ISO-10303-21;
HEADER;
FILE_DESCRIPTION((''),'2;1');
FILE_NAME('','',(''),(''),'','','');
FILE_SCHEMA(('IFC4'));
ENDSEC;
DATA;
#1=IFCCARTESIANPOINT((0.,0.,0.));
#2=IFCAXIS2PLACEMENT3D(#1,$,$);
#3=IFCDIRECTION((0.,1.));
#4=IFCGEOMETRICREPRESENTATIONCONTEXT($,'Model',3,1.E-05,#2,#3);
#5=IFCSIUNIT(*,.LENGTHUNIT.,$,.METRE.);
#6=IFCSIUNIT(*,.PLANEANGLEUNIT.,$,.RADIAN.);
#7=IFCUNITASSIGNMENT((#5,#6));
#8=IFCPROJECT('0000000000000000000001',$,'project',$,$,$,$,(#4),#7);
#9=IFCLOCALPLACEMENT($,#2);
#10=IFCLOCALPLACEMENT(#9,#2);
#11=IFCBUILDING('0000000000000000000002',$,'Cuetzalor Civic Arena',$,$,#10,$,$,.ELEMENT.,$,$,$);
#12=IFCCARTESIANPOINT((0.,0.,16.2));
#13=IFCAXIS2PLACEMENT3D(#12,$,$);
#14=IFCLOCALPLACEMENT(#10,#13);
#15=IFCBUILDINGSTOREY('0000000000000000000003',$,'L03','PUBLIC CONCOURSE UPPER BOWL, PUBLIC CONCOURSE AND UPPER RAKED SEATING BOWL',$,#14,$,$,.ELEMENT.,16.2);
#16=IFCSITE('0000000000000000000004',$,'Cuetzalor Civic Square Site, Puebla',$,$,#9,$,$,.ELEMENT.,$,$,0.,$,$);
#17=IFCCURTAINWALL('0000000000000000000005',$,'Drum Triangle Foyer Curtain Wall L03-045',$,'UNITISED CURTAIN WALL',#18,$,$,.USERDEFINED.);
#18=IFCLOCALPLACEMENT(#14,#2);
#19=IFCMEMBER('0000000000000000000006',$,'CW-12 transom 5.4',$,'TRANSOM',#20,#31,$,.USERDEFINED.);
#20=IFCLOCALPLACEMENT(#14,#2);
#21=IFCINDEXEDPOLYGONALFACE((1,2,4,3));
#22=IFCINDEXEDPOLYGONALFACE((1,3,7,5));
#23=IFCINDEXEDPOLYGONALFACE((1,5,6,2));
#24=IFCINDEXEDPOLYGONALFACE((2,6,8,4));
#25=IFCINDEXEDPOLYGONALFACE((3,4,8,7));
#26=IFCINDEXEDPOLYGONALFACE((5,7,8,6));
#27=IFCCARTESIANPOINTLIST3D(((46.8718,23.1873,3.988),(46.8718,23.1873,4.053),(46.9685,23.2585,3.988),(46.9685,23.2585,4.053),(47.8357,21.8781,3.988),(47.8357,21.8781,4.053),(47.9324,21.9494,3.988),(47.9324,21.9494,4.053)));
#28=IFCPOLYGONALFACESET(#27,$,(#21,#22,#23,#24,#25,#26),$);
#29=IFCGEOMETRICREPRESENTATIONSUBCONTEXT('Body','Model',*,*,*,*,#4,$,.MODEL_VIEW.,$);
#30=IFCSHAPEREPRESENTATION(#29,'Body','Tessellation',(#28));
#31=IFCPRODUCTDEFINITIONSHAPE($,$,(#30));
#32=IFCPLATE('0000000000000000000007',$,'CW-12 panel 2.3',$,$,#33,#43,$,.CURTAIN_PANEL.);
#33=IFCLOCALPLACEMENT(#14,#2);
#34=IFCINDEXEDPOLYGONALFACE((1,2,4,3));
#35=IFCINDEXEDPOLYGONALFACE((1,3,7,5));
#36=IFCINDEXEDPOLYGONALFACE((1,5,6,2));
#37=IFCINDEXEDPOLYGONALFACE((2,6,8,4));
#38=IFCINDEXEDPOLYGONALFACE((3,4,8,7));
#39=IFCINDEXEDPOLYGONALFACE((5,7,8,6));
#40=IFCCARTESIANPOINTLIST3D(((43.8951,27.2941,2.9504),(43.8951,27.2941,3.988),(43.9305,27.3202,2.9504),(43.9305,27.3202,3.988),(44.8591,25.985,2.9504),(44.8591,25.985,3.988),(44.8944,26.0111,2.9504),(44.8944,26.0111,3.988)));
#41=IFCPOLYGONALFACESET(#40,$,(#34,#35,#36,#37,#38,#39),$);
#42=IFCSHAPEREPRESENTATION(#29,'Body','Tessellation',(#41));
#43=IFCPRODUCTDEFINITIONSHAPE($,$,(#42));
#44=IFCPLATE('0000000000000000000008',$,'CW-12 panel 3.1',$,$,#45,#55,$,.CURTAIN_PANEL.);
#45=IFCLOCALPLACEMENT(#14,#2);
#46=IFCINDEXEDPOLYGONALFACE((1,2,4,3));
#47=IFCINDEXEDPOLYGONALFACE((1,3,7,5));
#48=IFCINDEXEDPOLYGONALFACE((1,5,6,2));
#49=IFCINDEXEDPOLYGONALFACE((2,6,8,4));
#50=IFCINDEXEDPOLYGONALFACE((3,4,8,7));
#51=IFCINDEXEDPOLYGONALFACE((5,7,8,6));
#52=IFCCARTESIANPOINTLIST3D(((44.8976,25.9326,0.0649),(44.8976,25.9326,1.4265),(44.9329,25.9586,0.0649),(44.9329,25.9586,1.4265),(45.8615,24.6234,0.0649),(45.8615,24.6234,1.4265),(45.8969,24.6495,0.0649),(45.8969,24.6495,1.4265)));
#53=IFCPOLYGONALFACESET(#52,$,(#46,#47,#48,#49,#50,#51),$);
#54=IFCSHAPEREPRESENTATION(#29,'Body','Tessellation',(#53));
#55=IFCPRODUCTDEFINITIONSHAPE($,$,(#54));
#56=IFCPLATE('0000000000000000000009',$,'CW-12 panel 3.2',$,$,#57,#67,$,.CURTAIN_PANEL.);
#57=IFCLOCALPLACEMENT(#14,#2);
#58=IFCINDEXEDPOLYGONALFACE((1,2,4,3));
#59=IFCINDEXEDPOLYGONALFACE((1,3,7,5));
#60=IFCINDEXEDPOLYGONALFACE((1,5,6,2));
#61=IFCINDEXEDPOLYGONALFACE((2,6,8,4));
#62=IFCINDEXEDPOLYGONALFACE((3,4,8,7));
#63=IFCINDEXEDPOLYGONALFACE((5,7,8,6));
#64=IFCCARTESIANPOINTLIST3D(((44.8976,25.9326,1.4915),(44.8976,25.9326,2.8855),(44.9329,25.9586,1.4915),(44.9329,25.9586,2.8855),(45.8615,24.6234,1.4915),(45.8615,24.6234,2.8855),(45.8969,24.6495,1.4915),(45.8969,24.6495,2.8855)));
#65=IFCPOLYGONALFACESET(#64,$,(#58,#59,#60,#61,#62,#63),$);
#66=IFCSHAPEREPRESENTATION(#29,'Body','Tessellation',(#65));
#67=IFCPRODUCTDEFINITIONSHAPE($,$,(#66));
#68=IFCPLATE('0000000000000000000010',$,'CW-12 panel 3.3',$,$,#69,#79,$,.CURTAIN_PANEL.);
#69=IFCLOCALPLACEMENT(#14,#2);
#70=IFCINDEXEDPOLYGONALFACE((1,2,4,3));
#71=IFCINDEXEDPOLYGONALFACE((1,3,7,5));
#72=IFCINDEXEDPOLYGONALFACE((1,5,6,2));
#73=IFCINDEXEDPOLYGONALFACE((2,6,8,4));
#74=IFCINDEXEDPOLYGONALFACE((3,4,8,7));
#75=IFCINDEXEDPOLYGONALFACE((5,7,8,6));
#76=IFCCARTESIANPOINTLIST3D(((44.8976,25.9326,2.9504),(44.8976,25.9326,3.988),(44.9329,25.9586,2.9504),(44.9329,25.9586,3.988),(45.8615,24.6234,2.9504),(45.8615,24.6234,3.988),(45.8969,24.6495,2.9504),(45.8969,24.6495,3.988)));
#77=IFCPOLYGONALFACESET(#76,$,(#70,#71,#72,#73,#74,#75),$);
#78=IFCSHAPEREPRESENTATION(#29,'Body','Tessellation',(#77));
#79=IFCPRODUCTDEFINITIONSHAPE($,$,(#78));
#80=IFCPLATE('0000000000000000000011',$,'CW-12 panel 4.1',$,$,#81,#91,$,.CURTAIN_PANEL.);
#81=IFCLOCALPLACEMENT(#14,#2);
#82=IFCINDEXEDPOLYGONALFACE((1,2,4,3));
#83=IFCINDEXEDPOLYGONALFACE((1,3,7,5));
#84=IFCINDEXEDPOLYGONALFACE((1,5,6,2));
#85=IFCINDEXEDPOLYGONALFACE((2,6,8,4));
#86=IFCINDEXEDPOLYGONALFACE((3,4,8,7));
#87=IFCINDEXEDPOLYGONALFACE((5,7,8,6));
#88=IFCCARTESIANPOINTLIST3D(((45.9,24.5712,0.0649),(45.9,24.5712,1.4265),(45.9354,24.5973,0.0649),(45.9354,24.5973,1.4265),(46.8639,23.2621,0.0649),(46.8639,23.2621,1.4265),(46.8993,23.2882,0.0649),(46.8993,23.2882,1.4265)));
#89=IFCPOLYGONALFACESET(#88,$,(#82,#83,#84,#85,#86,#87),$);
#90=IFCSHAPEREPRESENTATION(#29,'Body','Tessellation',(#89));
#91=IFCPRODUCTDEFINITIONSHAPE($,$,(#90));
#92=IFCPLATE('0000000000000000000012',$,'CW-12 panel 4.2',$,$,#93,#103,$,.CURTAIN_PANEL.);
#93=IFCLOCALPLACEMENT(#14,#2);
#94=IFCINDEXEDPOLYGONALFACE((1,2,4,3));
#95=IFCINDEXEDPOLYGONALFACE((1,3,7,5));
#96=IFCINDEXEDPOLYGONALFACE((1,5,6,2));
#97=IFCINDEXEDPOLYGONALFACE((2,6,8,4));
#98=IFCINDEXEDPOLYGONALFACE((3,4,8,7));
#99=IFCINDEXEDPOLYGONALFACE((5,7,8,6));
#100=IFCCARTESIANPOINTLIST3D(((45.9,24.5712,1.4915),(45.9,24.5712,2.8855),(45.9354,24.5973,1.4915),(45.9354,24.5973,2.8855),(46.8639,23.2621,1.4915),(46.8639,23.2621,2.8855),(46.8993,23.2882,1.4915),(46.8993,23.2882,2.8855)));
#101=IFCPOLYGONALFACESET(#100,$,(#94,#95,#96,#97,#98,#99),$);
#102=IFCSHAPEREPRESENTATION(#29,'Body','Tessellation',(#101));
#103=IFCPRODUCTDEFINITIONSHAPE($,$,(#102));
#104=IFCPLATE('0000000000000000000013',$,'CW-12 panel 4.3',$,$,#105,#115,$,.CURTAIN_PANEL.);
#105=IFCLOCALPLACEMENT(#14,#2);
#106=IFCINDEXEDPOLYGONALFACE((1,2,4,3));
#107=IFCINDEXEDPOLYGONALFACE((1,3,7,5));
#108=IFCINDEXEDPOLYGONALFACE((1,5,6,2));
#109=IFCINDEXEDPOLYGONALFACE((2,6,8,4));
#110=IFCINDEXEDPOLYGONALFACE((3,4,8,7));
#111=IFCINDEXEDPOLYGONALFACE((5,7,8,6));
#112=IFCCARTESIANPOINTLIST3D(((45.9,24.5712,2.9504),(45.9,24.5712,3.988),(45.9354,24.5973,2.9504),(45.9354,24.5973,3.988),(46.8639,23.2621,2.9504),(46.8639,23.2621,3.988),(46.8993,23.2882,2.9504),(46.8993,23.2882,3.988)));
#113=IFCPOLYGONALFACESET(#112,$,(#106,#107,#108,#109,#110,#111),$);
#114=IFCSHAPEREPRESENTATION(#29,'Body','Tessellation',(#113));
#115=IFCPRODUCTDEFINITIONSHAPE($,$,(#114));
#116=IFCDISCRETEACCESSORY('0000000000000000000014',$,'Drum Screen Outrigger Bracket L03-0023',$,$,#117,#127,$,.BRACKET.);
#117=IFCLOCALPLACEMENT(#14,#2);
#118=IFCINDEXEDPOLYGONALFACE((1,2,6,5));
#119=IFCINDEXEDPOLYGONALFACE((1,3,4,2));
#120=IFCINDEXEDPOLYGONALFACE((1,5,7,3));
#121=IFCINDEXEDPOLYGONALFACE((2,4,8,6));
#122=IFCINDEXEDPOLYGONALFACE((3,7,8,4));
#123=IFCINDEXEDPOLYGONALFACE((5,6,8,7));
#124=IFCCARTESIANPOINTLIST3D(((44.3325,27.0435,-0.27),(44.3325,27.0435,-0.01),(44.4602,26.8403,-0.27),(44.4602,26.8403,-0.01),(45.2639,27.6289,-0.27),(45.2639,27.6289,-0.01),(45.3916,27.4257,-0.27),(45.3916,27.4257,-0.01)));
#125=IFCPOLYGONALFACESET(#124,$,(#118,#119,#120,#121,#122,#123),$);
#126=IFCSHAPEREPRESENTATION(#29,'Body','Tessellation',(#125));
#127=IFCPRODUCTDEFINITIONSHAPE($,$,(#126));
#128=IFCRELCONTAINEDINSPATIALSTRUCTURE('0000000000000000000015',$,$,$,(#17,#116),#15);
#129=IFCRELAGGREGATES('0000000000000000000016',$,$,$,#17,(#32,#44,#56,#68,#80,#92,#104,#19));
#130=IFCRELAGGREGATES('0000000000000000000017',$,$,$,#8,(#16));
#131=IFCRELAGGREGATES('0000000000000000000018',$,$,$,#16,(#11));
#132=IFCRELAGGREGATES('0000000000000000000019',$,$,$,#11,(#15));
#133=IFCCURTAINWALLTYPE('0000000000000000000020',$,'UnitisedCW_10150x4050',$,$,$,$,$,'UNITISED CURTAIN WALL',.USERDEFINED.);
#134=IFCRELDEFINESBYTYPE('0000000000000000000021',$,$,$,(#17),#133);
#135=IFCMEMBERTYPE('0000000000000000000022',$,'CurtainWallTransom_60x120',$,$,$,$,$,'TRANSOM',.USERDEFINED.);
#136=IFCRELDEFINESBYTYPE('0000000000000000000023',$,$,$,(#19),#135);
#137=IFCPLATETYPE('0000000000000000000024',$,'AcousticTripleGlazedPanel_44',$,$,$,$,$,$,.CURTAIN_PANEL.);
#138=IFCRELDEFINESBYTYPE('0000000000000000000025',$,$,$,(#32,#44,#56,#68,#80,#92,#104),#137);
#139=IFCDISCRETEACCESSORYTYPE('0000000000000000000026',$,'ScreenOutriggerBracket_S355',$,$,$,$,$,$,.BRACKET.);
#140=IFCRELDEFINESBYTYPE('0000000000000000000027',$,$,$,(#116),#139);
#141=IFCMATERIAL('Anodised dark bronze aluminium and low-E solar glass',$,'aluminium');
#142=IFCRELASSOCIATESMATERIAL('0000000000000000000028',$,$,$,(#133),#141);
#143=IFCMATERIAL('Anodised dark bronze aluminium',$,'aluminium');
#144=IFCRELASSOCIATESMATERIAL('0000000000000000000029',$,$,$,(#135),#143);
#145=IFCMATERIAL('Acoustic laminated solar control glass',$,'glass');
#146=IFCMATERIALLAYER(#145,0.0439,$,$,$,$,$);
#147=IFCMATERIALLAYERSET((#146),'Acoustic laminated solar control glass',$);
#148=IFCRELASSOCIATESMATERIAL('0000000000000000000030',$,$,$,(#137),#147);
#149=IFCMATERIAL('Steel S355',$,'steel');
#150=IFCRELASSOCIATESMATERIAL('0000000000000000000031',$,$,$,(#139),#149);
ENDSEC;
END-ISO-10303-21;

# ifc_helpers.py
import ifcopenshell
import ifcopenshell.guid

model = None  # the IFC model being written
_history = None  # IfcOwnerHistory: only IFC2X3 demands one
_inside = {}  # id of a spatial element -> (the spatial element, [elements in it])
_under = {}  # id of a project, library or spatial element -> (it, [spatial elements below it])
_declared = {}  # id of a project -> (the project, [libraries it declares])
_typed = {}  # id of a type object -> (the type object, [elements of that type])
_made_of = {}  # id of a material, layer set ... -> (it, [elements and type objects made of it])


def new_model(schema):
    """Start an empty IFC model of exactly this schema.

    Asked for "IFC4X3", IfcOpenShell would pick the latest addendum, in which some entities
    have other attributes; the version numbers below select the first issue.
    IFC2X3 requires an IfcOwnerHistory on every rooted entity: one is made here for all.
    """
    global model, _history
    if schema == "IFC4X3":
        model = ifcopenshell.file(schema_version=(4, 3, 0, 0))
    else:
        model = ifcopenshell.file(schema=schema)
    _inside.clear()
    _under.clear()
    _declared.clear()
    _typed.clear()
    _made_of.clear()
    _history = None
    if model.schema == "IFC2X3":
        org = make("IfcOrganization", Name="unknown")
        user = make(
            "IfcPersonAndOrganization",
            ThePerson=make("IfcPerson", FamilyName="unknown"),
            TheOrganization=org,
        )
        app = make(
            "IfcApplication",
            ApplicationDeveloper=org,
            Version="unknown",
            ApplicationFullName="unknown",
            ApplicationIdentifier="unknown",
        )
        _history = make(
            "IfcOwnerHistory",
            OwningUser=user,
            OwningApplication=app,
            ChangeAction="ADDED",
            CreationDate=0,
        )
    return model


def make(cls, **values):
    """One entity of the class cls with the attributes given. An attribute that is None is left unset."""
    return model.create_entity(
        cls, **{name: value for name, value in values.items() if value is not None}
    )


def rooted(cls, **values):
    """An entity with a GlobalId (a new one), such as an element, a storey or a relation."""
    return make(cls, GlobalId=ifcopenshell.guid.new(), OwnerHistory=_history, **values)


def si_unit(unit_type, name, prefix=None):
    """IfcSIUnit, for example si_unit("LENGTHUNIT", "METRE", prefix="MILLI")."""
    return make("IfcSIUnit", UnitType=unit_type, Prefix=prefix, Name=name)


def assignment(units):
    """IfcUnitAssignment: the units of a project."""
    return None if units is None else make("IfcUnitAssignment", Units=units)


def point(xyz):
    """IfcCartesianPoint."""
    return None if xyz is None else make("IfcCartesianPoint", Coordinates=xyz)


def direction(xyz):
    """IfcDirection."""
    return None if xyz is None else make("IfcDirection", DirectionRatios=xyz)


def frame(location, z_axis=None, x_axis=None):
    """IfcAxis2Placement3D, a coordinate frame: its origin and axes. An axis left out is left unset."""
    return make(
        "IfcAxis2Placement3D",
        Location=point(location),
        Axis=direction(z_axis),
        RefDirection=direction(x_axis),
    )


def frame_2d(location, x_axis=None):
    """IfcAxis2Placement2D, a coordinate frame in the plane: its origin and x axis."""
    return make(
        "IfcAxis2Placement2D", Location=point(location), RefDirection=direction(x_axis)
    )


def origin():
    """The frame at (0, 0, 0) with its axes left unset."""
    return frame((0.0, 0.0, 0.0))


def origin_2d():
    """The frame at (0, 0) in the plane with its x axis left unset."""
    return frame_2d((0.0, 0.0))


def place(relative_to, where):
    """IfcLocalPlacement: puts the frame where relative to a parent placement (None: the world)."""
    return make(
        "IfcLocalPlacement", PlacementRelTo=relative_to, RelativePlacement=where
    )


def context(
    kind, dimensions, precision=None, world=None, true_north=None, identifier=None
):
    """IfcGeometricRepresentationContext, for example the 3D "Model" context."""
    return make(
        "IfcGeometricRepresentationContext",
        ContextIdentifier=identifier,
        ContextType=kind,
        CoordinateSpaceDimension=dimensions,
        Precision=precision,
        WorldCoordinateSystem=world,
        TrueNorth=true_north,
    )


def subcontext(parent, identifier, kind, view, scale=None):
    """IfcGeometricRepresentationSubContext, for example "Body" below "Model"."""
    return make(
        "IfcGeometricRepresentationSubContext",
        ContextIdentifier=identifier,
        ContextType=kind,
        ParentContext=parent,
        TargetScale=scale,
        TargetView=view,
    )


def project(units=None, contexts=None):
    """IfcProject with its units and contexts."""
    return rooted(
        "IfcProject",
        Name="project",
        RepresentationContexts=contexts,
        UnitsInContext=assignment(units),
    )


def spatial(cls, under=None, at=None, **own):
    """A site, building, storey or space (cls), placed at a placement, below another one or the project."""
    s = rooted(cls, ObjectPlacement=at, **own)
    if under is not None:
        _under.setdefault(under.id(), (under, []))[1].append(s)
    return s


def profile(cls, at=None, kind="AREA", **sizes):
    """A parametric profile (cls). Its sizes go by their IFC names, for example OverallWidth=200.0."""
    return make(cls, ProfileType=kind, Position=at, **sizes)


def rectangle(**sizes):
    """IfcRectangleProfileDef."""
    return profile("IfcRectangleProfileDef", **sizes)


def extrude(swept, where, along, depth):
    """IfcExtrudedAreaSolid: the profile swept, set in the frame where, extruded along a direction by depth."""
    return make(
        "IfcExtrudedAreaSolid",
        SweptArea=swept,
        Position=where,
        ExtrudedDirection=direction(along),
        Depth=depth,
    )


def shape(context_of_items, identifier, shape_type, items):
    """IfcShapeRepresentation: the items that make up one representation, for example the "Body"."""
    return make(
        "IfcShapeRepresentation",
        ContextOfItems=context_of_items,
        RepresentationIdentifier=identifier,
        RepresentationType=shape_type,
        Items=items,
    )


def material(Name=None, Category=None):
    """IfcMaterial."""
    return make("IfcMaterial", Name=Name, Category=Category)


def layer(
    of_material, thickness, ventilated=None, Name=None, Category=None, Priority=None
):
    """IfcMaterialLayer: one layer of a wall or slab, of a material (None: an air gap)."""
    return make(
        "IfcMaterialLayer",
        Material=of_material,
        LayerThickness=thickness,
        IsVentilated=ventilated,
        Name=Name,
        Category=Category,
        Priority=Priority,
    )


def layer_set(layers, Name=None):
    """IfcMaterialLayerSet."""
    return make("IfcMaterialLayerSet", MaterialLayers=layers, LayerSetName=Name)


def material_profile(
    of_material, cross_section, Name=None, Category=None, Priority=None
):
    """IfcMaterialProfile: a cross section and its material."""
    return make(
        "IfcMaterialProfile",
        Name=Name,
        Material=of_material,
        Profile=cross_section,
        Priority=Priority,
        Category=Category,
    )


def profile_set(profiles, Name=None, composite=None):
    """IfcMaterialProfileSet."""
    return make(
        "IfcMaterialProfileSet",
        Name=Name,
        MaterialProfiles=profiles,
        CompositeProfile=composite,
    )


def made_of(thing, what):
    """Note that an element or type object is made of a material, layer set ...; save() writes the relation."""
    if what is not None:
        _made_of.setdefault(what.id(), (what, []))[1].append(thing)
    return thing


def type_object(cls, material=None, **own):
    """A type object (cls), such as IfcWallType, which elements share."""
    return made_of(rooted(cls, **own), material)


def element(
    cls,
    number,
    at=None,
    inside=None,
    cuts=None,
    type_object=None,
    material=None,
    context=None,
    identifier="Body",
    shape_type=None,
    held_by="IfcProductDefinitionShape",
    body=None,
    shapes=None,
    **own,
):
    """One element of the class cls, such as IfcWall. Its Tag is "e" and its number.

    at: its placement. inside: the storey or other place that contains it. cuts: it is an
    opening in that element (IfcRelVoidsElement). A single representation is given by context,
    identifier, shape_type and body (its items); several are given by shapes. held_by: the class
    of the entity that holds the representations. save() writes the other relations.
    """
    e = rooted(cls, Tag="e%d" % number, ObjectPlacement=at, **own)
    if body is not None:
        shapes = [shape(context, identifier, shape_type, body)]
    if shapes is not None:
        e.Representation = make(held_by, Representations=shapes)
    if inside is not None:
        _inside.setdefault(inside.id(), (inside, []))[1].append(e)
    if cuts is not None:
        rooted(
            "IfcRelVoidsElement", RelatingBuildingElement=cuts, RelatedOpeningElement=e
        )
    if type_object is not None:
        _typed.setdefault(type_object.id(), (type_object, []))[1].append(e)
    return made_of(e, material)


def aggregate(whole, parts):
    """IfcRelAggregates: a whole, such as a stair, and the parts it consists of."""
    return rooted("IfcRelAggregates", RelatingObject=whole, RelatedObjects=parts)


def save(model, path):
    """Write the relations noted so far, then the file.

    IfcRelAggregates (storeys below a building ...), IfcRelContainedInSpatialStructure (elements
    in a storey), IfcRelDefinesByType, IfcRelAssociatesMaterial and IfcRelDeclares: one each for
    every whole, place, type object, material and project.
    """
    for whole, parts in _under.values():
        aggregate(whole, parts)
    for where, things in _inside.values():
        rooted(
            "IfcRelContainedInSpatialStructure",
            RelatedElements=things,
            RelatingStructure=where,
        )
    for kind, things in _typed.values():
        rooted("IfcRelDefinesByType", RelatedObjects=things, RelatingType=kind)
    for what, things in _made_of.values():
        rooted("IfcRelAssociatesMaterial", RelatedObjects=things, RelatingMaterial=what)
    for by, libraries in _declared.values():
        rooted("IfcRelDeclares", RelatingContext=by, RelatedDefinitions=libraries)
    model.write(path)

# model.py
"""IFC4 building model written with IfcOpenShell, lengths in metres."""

from ifc_helpers import new_model, si_unit, direction, frame, origin, origin_2d, place, context, subcontext, project, spatial, rectangle, extrude, material, layer, layer_set, material_profile, profile_set, type_object, element, aggregate, save


model = new_model("IFC4")

# Units and contexts
model_context = context("Model", 3, precision=1e-05, world=origin(), true_north=direction((0.0, 1.0)))
body_context = subcontext(model_context, "Body", "Model", "MODEL_VIEW")
ifc_project = project(units=[si_unit("LENGTHUNIT", "METRE"), si_unit("PLANEANGLEUNIT", "RADIAN")], contexts=[model_context])

# Site, building, storey
site_placement = place(None, origin())
site = spatial("IfcSite", under=ifc_project, at=site_placement, Name="Cuetzalor Civic Square Site, Puebla", CompositionType="ELEMENT", RefElevation=0.0)
building_placement = place(site_placement, origin())
building = spatial("IfcBuilding", under=site, at=building_placement, Name="Cuetzalor Civic Arena", CompositionType="ELEMENT")
storey_placement = place(building_placement, frame((0.0, 0.0, 16.2)))
storey = spatial("IfcBuildingStorey", under=building, at=storey_placement, Name="L03", Description="PUBLIC CONCOURSE UPPER BOWL, PUBLIC CONCOURSE AND UPPER RAKED SEATING BOWL", CompositionType="ELEMENT", Elevation=16.2)

# Curtain wall, member, plates
ifc_material_1 = material(Name="Anodised dark bronze aluminium and low-E solar glass", Category="aluminium")
curtain_wall_type = type_object("IfcCurtainWallType", Name="UnitisedCW_10150x4050", ElementType="UNITISED CURTAIN WALL", PredefinedType="USERDEFINED", material=ifc_material_1)
curtain_wall_placement = place(storey_placement, origin())
curtain_wall = element("IfcCurtainWall", 1, at=curtain_wall_placement, inside=storey, type_object=curtain_wall_type, Name="Drum Triangle Foyer Curtain Wall L03-045", ObjectType="UNITISED CURTAIN WALL", PredefinedType="USERDEFINED")
ifc_material_2 = material(Name="Anodised dark bronze aluminium", Category="aluminium")
ifc_material_profile_1 = material_profile(ifc_material_2, rectangle(XDim=0.1201, YDim=0.0649, at=origin_2d()), Name="ALU TRANSOM 65x120")
ifc_profile_set_1 = profile_set([ifc_material_profile_1], Name="Anodised dark bronze aluminium")
member_type_1 = type_object("IfcMemberType", Name="CurtainWallTransom_60x120", ElementType="TRANSOM", PredefinedType="USERDEFINED", material=ifc_profile_set_1)
member_1_placement = place(storey_placement, frame((46.9202, 23.2229, 4.0205), z_axis=(0.592912, -0.805267, 0.0), x_axis=(0.805267, 0.592912, 0.0)))
member_1 = element("IfcMember", 2, at=member_1_placement, type_object=member_type_1, Name="CW-12 transom 5.4", ObjectType="TRANSOM", PredefinedType="USERDEFINED", context=body_context, shape_type="SweptSolid", body=[
    extrude(rectangle(XDim=0.1201, YDim=0.0649, at=origin_2d()), origin(), (0.0, 0.0, 1.0), 1.6257),
])
ifc_material_3 = material(Name="Acoustic laminated solar control glass", Category="glass")
ifc_layer = layer(ifc_material_3, 0.0439)
ifc_layer_set = layer_set([ifc_layer], Name="Acoustic laminated solar control glass")
plate_type = type_object("IfcPlateType", Name="AcousticTripleGlazedPanel_44", PredefinedType="CURTAIN_PANEL", material=ifc_layer_set)
plate_1_placement = place(storey_placement, frame((44.3948, 26.6526, 2.9504), z_axis=(0.0, 0.0, 1.0), x_axis=(0.592929, -0.805255, 0.0)))
plate_1 = element("IfcPlate", 3, at=plate_1_placement, type_object=plate_type, Name="CW-12 panel 2.3", PredefinedType="CURTAIN_PANEL", context=body_context, shape_type="SweptSolid", body=[
    extrude(rectangle(XDim=1.6257, YDim=0.0439, at=origin_2d()), origin(), (0.0, 0.0, 1.0), 1.0376),
])
plate_2_placement = place(storey_placement, frame((45.3972, 25.291, 0.0649), z_axis=(0.0, 0.0, 1.0), x_axis=(0.592929, -0.805255, 0.0)))
plate_2 = element("IfcPlate", 4, at=plate_2_placement, type_object=plate_type, Name="CW-12 panel 3.1", PredefinedType="CURTAIN_PANEL", context=body_context, shape_type="SweptSolid", body=[
    extrude(rectangle(XDim=1.6257, YDim=0.0439, at=origin_2d()), origin(), (0.0, 0.0, 1.0), 1.3616),
])
plate_3_placement = place(storey_placement, frame((45.3972, 25.291, 1.4915), z_axis=(0.0, 0.0, 1.0), x_axis=(0.592929, -0.805255, 0.0)))
plate_3 = element("IfcPlate", 5, at=plate_3_placement, type_object=plate_type, Name="CW-12 panel 3.2", PredefinedType="CURTAIN_PANEL", context=body_context, shape_type="SweptSolid", body=[
    extrude(rectangle(XDim=1.6257, YDim=0.0439, at=origin_2d()), origin(), (0.0, 0.0, 1.0), 1.394),
])
plate_4_placement = place(storey_placement, frame((45.3972, 25.291, 2.9504), z_axis=(0.0, 0.0, 1.0), x_axis=(0.592929, -0.805255, 0.0)))
plate_4 = element("IfcPlate", 6, at=plate_4_placement, type_object=plate_type, Name="CW-12 panel 3.3", PredefinedType="CURTAIN_PANEL", context=body_context, shape_type="SweptSolid", body=[
    extrude(rectangle(XDim=1.6257, YDim=0.0439, at=origin_2d()), origin(), (0.0, 0.0, 1.0), 1.0376),
])
plate_5_placement = place(storey_placement, frame((46.3997, 23.9297, 0.0649), z_axis=(0.0, 0.0, 1.0), x_axis=(0.592929, -0.805255, 0.0)))
plate_5 = element("IfcPlate", 7, at=plate_5_placement, type_object=plate_type, Name="CW-12 panel 4.1", PredefinedType="CURTAIN_PANEL", context=body_context, shape_type="SweptSolid", body=[
    extrude(rectangle(XDim=1.6257, YDim=0.0439, at=origin_2d()), origin(), (0.0, 0.0, 1.0), 1.3616),
])
plate_6_placement = place(storey_placement, frame((46.3997, 23.9297, 1.4915), z_axis=(0.0, 0.0, 1.0), x_axis=(0.592929, -0.805255, 0.0)))
plate_6 = element("IfcPlate", 8, at=plate_6_placement, type_object=plate_type, Name="CW-12 panel 4.2", PredefinedType="CURTAIN_PANEL", context=body_context, shape_type="SweptSolid", body=[
    extrude(rectangle(XDim=1.6257, YDim=0.0439, at=origin_2d()), origin(), (0.0, 0.0, 1.0), 1.394),
])
plate_7_placement = place(storey_placement, frame((46.3997, 23.9297, 2.9504), z_axis=(0.0, 0.0, 1.0), x_axis=(0.592929, -0.805255, 0.0)))
plate_7 = element("IfcPlate", 9, at=plate_7_placement, type_object=plate_type, Name="CW-12 panel 4.3", PredefinedType="CURTAIN_PANEL", context=body_context, shape_type="SweptSolid", body=[
    extrude(rectangle(XDim=1.6257, YDim=0.0439, at=origin_2d()), origin(), (0.0, 0.0, 1.0), 1.0376),
])
aggregate(curtain_wall, [plate_1, plate_2, plate_3, plate_4, plate_5, plate_6, plate_7, member_1])

# Discrete accessory
ifc_material_4 = material(Name="Steel S355", Category="steel")
discrete_accessory_type = type_object("IfcDiscreteAccessoryType", Name="ScreenOutriggerBracket_S355", PredefinedType="BRACKET", material=ifc_material_4)
discrete_accessory_placement = place(storey_placement, frame((44.8621, 27.2346, -0.27), z_axis=(0.0, 0.0, 1.0), x_axis=(0.846658, 0.532138, 0.0)))
element("IfcDiscreteAccessory", 10, at=discrete_accessory_placement, inside=storey, type_object=discrete_accessory_type, Name="Drum Screen Outrigger Bracket L03-0023", PredefinedType="BRACKET", context=body_context, shape_type="SweptSolid", body=[
    extrude(rectangle(XDim=1.1001, YDim=0.24, at=origin_2d()), origin(), (0.0, 0.0, 1.0), 0.26),
])

save(model, "model.ifc")
